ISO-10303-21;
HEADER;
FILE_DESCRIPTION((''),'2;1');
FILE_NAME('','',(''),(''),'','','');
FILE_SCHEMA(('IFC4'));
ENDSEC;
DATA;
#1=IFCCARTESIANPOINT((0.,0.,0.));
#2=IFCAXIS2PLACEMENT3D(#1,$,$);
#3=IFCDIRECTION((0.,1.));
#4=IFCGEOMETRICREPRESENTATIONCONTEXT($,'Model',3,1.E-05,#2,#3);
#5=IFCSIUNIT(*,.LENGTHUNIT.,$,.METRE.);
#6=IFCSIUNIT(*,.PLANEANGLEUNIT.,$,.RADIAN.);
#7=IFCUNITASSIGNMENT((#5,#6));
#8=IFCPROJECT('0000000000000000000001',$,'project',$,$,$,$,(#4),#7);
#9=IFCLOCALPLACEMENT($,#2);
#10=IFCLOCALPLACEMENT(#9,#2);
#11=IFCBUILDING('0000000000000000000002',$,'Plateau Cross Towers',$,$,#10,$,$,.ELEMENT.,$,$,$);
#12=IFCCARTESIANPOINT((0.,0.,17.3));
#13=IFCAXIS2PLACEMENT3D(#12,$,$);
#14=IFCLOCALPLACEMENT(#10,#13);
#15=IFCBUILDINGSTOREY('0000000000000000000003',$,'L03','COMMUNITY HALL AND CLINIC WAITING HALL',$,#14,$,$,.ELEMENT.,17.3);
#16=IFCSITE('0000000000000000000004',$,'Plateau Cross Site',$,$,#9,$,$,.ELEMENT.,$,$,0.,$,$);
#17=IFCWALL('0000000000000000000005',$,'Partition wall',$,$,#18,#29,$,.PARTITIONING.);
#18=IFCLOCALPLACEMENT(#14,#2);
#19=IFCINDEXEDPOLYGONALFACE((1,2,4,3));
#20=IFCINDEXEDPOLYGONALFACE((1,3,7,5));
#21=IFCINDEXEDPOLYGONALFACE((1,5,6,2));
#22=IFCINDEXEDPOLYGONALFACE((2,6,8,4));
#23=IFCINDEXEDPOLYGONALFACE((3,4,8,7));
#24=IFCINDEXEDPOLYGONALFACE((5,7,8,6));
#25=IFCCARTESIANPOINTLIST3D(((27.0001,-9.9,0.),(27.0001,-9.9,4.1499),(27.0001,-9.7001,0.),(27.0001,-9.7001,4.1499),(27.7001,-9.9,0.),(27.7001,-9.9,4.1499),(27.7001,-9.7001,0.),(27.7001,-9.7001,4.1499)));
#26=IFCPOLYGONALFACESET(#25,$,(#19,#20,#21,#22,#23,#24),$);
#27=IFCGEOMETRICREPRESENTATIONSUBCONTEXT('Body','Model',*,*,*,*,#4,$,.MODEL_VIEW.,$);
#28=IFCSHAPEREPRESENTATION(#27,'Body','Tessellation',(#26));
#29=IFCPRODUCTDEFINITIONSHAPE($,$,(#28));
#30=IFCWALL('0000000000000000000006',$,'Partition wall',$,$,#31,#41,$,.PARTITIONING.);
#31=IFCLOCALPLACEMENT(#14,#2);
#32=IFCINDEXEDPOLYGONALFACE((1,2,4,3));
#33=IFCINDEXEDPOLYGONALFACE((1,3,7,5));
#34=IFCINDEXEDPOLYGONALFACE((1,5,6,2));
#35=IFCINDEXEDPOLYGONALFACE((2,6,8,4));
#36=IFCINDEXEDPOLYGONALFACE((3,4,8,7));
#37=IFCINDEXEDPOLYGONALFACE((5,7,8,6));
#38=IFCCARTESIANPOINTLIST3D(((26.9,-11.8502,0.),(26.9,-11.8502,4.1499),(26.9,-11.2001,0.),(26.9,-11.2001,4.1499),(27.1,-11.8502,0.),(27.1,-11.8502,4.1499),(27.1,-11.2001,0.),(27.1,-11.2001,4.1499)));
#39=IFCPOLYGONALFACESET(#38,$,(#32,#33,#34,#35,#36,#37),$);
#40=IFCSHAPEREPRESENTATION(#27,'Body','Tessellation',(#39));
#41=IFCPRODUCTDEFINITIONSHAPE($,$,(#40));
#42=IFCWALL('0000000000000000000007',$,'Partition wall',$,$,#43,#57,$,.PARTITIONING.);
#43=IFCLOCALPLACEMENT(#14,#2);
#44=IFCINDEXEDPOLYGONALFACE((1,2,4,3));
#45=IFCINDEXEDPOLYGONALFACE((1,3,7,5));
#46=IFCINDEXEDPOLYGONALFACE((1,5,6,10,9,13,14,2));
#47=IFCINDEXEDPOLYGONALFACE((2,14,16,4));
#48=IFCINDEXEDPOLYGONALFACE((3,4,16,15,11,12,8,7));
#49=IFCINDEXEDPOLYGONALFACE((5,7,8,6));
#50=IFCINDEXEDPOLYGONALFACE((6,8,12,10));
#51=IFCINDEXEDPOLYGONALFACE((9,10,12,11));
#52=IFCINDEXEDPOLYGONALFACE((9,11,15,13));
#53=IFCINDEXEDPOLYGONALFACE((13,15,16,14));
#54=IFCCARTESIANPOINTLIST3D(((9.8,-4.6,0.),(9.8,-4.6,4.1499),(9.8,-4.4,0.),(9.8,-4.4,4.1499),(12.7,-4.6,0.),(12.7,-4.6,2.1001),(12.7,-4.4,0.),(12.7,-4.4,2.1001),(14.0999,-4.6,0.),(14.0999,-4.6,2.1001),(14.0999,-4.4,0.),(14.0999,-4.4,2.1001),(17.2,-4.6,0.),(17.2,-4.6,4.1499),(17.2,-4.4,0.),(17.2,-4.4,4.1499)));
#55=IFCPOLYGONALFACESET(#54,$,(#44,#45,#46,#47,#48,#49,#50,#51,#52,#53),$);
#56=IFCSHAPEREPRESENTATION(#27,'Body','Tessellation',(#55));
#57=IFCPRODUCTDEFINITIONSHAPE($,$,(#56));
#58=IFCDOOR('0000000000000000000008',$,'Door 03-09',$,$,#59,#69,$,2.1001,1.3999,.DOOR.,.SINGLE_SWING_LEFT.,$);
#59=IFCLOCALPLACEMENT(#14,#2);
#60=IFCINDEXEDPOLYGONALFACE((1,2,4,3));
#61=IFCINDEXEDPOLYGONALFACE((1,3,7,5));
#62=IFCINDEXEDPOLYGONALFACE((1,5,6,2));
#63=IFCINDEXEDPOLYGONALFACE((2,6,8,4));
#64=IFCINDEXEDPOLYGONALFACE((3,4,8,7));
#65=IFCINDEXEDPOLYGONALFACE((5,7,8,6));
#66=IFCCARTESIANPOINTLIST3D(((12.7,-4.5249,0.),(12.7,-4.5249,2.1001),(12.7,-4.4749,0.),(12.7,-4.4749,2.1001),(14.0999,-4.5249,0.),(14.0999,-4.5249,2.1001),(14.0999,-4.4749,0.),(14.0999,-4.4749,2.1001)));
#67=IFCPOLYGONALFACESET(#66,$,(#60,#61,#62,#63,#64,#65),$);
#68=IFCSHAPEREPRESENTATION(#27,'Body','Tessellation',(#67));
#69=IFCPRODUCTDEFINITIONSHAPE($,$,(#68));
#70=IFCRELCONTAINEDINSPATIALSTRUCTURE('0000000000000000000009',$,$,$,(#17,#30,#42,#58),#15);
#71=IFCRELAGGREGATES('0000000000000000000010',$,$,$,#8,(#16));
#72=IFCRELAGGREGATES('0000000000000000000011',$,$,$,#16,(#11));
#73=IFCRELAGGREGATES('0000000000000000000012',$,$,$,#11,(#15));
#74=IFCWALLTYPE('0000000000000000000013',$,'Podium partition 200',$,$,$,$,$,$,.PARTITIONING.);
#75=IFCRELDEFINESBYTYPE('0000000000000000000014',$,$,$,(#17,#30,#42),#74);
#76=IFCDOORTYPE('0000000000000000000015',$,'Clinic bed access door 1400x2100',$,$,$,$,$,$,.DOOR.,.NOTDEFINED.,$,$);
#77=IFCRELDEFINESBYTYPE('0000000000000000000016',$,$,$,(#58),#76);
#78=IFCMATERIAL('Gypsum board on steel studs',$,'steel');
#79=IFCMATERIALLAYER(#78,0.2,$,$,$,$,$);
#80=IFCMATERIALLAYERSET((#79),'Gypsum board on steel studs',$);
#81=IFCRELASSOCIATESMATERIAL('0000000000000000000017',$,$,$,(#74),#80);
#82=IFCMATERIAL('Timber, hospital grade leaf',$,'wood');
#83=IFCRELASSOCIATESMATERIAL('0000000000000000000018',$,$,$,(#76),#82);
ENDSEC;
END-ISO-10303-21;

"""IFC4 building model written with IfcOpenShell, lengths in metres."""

from ifc_helpers import new_model, si_unit, direction, frame, frame_2d, origin, place, context, subcontext, project, spatial, rectangle, extrude, material, layer, layer_set, type_object, element, fill, save


model = new_model("IFC4")

# Units and contexts
model_context = context("Model", 3, precision=1e-05, world=origin(), true_north=direction((0.0, 1.0)))
body_context = subcontext(model_context, "Body", "Model", "MODEL_VIEW")
ifc_project = project(units=[si_unit("LENGTHUNIT", "METRE"), si_unit("PLANEANGLEUNIT", "RADIAN")], contexts=[model_context])

# Site, building, storey
site_placement = place(None, origin())
site = spatial("IfcSite", under=ifc_project, at=site_placement, Name="Plateau Cross Site", CompositionType="ELEMENT", RefElevation=0.0)
building_placement = place(site_placement, origin())
building = spatial("IfcBuilding", under=site, at=building_placement, Name="Plateau Cross Towers", CompositionType="ELEMENT")
storey_placement = place(building_placement, frame((0.0, 0.0, 17.3)))
storey = spatial("IfcBuildingStorey", under=building, at=storey_placement, Name="L03", Description="COMMUNITY HALL AND CLINIC WAITING HALL", CompositionType="ELEMENT", Elevation=17.3)

# Shared definitions
ifc_material_1 = material(Name="Gypsum board on steel studs", Category="steel")
ifc_layer_1 = layer(ifc_material_1, 0.2)
ifc_layer_set_1 = layer_set([ifc_layer_1], Name="Gypsum board on steel studs")
wall_type = type_object("IfcWallType", Name="Podium partition 200", PredefinedType="PARTITIONING", material=ifc_layer_set_1)
ifc_material_2 = material(Name="Timber, hospital grade leaf", Category="wood")
door_type = type_object("IfcDoorType", Name="Clinic bed access door 1400x2100", OperationType="NOTDEFINED", PredefinedType="DOOR", material=ifc_material_2)

# Walls
wall_1_placement = place(storey_placement, frame((27.0, -9.8, 0.0), z_axis=(0.0, 0.0, 1.0), x_axis=(1.0, 0.0, 0.0)))
element("IfcWall", 1, at=wall_1_placement, inside=storey, type_object=wall_type, Name="Partition wall", PredefinedType="PARTITIONING", context=body_context, shape_type="SweptSolid", body=[
    extrude(rectangle(XDim=0.7, YDim=0.2, at=frame_2d((0.3501, 0.0))), origin(), (0.0, 0.0, 1.0), 4.1499),
])
wall_2_placement = place(storey_placement, frame((27.0, -11.2, 0.0), z_axis=(0.0, 0.0, 1.0), x_axis=(0.0, -1.0, 0.0)))
element("IfcWall", 2, at=wall_2_placement, inside=storey, type_object=wall_type, Name="Partition wall", PredefinedType="PARTITIONING", context=body_context, shape_type="SweptSolid", body=[
    extrude(rectangle(XDim=0.6501, YDim=0.2, at=frame_2d((0.3252, 0.0))), origin(), (0.0, 0.0, 1.0), 4.1499),
])

# Wall, opening, door
wall_3_placement = place(storey_placement, frame((17.2, -4.5, 0.0), z_axis=(0.0, 0.0, 1.0), x_axis=(-1.0, 0.0, 0.0)))
wall_3 = element("IfcWall", 3, at=wall_3_placement, inside=storey, type_object=wall_type, Name="Partition wall", PredefinedType="PARTITIONING", context=body_context, shape_type="SweptSolid", body=[
    extrude(rectangle(XDim=7.3999, YDim=0.2, at=frame_2d((3.7, 0.0))), origin(), (0.0, 0.0, 1.0), 4.1499),
])
opening_1_placement = place(wall_3_placement, frame((3.1001, 0.0, 0.0)))
opening_1 = element("IfcOpeningElement", 4, at=opening_1_placement, cuts=wall_3, PredefinedType="OPENING", context=body_context, shape_type="SweptSolid", body=[
    extrude(rectangle(XDim=1.3999, YDim=2.1001, at=frame_2d((0.7, 1.05))), frame((0.0, 0.1099, 0.0), z_axis=(0.0, -1.0, 0.0), x_axis=(1.0, 0.0, 0.0)), (0.0, 0.0, 1.0), 0.22),
])
door_1_placement = place(opening_1_placement, origin())
door_1 = element("IfcDoor", 5, at=door_1_placement, inside=storey, type_object=door_type, Name="Door 03-09", OperationType="SINGLE_SWING_LEFT", OverallHeight=2.1001, OverallWidth=1.3999, PredefinedType="DOOR", context=body_context, shape_type="SweptSolid", body=[
    extrude(rectangle(XDim=1.3999, YDim=2.1001, at=frame_2d((0.7, 1.05))), frame((0.0, 0.0249, 0.0), z_axis=(0.0, -1.0, 0.0), x_axis=(1.0, 0.0, 0.0)), (0.0, 0.0, 1.0), 0.05),
])
fill(opening_1, door_1)

save(model, "model.ifc")
